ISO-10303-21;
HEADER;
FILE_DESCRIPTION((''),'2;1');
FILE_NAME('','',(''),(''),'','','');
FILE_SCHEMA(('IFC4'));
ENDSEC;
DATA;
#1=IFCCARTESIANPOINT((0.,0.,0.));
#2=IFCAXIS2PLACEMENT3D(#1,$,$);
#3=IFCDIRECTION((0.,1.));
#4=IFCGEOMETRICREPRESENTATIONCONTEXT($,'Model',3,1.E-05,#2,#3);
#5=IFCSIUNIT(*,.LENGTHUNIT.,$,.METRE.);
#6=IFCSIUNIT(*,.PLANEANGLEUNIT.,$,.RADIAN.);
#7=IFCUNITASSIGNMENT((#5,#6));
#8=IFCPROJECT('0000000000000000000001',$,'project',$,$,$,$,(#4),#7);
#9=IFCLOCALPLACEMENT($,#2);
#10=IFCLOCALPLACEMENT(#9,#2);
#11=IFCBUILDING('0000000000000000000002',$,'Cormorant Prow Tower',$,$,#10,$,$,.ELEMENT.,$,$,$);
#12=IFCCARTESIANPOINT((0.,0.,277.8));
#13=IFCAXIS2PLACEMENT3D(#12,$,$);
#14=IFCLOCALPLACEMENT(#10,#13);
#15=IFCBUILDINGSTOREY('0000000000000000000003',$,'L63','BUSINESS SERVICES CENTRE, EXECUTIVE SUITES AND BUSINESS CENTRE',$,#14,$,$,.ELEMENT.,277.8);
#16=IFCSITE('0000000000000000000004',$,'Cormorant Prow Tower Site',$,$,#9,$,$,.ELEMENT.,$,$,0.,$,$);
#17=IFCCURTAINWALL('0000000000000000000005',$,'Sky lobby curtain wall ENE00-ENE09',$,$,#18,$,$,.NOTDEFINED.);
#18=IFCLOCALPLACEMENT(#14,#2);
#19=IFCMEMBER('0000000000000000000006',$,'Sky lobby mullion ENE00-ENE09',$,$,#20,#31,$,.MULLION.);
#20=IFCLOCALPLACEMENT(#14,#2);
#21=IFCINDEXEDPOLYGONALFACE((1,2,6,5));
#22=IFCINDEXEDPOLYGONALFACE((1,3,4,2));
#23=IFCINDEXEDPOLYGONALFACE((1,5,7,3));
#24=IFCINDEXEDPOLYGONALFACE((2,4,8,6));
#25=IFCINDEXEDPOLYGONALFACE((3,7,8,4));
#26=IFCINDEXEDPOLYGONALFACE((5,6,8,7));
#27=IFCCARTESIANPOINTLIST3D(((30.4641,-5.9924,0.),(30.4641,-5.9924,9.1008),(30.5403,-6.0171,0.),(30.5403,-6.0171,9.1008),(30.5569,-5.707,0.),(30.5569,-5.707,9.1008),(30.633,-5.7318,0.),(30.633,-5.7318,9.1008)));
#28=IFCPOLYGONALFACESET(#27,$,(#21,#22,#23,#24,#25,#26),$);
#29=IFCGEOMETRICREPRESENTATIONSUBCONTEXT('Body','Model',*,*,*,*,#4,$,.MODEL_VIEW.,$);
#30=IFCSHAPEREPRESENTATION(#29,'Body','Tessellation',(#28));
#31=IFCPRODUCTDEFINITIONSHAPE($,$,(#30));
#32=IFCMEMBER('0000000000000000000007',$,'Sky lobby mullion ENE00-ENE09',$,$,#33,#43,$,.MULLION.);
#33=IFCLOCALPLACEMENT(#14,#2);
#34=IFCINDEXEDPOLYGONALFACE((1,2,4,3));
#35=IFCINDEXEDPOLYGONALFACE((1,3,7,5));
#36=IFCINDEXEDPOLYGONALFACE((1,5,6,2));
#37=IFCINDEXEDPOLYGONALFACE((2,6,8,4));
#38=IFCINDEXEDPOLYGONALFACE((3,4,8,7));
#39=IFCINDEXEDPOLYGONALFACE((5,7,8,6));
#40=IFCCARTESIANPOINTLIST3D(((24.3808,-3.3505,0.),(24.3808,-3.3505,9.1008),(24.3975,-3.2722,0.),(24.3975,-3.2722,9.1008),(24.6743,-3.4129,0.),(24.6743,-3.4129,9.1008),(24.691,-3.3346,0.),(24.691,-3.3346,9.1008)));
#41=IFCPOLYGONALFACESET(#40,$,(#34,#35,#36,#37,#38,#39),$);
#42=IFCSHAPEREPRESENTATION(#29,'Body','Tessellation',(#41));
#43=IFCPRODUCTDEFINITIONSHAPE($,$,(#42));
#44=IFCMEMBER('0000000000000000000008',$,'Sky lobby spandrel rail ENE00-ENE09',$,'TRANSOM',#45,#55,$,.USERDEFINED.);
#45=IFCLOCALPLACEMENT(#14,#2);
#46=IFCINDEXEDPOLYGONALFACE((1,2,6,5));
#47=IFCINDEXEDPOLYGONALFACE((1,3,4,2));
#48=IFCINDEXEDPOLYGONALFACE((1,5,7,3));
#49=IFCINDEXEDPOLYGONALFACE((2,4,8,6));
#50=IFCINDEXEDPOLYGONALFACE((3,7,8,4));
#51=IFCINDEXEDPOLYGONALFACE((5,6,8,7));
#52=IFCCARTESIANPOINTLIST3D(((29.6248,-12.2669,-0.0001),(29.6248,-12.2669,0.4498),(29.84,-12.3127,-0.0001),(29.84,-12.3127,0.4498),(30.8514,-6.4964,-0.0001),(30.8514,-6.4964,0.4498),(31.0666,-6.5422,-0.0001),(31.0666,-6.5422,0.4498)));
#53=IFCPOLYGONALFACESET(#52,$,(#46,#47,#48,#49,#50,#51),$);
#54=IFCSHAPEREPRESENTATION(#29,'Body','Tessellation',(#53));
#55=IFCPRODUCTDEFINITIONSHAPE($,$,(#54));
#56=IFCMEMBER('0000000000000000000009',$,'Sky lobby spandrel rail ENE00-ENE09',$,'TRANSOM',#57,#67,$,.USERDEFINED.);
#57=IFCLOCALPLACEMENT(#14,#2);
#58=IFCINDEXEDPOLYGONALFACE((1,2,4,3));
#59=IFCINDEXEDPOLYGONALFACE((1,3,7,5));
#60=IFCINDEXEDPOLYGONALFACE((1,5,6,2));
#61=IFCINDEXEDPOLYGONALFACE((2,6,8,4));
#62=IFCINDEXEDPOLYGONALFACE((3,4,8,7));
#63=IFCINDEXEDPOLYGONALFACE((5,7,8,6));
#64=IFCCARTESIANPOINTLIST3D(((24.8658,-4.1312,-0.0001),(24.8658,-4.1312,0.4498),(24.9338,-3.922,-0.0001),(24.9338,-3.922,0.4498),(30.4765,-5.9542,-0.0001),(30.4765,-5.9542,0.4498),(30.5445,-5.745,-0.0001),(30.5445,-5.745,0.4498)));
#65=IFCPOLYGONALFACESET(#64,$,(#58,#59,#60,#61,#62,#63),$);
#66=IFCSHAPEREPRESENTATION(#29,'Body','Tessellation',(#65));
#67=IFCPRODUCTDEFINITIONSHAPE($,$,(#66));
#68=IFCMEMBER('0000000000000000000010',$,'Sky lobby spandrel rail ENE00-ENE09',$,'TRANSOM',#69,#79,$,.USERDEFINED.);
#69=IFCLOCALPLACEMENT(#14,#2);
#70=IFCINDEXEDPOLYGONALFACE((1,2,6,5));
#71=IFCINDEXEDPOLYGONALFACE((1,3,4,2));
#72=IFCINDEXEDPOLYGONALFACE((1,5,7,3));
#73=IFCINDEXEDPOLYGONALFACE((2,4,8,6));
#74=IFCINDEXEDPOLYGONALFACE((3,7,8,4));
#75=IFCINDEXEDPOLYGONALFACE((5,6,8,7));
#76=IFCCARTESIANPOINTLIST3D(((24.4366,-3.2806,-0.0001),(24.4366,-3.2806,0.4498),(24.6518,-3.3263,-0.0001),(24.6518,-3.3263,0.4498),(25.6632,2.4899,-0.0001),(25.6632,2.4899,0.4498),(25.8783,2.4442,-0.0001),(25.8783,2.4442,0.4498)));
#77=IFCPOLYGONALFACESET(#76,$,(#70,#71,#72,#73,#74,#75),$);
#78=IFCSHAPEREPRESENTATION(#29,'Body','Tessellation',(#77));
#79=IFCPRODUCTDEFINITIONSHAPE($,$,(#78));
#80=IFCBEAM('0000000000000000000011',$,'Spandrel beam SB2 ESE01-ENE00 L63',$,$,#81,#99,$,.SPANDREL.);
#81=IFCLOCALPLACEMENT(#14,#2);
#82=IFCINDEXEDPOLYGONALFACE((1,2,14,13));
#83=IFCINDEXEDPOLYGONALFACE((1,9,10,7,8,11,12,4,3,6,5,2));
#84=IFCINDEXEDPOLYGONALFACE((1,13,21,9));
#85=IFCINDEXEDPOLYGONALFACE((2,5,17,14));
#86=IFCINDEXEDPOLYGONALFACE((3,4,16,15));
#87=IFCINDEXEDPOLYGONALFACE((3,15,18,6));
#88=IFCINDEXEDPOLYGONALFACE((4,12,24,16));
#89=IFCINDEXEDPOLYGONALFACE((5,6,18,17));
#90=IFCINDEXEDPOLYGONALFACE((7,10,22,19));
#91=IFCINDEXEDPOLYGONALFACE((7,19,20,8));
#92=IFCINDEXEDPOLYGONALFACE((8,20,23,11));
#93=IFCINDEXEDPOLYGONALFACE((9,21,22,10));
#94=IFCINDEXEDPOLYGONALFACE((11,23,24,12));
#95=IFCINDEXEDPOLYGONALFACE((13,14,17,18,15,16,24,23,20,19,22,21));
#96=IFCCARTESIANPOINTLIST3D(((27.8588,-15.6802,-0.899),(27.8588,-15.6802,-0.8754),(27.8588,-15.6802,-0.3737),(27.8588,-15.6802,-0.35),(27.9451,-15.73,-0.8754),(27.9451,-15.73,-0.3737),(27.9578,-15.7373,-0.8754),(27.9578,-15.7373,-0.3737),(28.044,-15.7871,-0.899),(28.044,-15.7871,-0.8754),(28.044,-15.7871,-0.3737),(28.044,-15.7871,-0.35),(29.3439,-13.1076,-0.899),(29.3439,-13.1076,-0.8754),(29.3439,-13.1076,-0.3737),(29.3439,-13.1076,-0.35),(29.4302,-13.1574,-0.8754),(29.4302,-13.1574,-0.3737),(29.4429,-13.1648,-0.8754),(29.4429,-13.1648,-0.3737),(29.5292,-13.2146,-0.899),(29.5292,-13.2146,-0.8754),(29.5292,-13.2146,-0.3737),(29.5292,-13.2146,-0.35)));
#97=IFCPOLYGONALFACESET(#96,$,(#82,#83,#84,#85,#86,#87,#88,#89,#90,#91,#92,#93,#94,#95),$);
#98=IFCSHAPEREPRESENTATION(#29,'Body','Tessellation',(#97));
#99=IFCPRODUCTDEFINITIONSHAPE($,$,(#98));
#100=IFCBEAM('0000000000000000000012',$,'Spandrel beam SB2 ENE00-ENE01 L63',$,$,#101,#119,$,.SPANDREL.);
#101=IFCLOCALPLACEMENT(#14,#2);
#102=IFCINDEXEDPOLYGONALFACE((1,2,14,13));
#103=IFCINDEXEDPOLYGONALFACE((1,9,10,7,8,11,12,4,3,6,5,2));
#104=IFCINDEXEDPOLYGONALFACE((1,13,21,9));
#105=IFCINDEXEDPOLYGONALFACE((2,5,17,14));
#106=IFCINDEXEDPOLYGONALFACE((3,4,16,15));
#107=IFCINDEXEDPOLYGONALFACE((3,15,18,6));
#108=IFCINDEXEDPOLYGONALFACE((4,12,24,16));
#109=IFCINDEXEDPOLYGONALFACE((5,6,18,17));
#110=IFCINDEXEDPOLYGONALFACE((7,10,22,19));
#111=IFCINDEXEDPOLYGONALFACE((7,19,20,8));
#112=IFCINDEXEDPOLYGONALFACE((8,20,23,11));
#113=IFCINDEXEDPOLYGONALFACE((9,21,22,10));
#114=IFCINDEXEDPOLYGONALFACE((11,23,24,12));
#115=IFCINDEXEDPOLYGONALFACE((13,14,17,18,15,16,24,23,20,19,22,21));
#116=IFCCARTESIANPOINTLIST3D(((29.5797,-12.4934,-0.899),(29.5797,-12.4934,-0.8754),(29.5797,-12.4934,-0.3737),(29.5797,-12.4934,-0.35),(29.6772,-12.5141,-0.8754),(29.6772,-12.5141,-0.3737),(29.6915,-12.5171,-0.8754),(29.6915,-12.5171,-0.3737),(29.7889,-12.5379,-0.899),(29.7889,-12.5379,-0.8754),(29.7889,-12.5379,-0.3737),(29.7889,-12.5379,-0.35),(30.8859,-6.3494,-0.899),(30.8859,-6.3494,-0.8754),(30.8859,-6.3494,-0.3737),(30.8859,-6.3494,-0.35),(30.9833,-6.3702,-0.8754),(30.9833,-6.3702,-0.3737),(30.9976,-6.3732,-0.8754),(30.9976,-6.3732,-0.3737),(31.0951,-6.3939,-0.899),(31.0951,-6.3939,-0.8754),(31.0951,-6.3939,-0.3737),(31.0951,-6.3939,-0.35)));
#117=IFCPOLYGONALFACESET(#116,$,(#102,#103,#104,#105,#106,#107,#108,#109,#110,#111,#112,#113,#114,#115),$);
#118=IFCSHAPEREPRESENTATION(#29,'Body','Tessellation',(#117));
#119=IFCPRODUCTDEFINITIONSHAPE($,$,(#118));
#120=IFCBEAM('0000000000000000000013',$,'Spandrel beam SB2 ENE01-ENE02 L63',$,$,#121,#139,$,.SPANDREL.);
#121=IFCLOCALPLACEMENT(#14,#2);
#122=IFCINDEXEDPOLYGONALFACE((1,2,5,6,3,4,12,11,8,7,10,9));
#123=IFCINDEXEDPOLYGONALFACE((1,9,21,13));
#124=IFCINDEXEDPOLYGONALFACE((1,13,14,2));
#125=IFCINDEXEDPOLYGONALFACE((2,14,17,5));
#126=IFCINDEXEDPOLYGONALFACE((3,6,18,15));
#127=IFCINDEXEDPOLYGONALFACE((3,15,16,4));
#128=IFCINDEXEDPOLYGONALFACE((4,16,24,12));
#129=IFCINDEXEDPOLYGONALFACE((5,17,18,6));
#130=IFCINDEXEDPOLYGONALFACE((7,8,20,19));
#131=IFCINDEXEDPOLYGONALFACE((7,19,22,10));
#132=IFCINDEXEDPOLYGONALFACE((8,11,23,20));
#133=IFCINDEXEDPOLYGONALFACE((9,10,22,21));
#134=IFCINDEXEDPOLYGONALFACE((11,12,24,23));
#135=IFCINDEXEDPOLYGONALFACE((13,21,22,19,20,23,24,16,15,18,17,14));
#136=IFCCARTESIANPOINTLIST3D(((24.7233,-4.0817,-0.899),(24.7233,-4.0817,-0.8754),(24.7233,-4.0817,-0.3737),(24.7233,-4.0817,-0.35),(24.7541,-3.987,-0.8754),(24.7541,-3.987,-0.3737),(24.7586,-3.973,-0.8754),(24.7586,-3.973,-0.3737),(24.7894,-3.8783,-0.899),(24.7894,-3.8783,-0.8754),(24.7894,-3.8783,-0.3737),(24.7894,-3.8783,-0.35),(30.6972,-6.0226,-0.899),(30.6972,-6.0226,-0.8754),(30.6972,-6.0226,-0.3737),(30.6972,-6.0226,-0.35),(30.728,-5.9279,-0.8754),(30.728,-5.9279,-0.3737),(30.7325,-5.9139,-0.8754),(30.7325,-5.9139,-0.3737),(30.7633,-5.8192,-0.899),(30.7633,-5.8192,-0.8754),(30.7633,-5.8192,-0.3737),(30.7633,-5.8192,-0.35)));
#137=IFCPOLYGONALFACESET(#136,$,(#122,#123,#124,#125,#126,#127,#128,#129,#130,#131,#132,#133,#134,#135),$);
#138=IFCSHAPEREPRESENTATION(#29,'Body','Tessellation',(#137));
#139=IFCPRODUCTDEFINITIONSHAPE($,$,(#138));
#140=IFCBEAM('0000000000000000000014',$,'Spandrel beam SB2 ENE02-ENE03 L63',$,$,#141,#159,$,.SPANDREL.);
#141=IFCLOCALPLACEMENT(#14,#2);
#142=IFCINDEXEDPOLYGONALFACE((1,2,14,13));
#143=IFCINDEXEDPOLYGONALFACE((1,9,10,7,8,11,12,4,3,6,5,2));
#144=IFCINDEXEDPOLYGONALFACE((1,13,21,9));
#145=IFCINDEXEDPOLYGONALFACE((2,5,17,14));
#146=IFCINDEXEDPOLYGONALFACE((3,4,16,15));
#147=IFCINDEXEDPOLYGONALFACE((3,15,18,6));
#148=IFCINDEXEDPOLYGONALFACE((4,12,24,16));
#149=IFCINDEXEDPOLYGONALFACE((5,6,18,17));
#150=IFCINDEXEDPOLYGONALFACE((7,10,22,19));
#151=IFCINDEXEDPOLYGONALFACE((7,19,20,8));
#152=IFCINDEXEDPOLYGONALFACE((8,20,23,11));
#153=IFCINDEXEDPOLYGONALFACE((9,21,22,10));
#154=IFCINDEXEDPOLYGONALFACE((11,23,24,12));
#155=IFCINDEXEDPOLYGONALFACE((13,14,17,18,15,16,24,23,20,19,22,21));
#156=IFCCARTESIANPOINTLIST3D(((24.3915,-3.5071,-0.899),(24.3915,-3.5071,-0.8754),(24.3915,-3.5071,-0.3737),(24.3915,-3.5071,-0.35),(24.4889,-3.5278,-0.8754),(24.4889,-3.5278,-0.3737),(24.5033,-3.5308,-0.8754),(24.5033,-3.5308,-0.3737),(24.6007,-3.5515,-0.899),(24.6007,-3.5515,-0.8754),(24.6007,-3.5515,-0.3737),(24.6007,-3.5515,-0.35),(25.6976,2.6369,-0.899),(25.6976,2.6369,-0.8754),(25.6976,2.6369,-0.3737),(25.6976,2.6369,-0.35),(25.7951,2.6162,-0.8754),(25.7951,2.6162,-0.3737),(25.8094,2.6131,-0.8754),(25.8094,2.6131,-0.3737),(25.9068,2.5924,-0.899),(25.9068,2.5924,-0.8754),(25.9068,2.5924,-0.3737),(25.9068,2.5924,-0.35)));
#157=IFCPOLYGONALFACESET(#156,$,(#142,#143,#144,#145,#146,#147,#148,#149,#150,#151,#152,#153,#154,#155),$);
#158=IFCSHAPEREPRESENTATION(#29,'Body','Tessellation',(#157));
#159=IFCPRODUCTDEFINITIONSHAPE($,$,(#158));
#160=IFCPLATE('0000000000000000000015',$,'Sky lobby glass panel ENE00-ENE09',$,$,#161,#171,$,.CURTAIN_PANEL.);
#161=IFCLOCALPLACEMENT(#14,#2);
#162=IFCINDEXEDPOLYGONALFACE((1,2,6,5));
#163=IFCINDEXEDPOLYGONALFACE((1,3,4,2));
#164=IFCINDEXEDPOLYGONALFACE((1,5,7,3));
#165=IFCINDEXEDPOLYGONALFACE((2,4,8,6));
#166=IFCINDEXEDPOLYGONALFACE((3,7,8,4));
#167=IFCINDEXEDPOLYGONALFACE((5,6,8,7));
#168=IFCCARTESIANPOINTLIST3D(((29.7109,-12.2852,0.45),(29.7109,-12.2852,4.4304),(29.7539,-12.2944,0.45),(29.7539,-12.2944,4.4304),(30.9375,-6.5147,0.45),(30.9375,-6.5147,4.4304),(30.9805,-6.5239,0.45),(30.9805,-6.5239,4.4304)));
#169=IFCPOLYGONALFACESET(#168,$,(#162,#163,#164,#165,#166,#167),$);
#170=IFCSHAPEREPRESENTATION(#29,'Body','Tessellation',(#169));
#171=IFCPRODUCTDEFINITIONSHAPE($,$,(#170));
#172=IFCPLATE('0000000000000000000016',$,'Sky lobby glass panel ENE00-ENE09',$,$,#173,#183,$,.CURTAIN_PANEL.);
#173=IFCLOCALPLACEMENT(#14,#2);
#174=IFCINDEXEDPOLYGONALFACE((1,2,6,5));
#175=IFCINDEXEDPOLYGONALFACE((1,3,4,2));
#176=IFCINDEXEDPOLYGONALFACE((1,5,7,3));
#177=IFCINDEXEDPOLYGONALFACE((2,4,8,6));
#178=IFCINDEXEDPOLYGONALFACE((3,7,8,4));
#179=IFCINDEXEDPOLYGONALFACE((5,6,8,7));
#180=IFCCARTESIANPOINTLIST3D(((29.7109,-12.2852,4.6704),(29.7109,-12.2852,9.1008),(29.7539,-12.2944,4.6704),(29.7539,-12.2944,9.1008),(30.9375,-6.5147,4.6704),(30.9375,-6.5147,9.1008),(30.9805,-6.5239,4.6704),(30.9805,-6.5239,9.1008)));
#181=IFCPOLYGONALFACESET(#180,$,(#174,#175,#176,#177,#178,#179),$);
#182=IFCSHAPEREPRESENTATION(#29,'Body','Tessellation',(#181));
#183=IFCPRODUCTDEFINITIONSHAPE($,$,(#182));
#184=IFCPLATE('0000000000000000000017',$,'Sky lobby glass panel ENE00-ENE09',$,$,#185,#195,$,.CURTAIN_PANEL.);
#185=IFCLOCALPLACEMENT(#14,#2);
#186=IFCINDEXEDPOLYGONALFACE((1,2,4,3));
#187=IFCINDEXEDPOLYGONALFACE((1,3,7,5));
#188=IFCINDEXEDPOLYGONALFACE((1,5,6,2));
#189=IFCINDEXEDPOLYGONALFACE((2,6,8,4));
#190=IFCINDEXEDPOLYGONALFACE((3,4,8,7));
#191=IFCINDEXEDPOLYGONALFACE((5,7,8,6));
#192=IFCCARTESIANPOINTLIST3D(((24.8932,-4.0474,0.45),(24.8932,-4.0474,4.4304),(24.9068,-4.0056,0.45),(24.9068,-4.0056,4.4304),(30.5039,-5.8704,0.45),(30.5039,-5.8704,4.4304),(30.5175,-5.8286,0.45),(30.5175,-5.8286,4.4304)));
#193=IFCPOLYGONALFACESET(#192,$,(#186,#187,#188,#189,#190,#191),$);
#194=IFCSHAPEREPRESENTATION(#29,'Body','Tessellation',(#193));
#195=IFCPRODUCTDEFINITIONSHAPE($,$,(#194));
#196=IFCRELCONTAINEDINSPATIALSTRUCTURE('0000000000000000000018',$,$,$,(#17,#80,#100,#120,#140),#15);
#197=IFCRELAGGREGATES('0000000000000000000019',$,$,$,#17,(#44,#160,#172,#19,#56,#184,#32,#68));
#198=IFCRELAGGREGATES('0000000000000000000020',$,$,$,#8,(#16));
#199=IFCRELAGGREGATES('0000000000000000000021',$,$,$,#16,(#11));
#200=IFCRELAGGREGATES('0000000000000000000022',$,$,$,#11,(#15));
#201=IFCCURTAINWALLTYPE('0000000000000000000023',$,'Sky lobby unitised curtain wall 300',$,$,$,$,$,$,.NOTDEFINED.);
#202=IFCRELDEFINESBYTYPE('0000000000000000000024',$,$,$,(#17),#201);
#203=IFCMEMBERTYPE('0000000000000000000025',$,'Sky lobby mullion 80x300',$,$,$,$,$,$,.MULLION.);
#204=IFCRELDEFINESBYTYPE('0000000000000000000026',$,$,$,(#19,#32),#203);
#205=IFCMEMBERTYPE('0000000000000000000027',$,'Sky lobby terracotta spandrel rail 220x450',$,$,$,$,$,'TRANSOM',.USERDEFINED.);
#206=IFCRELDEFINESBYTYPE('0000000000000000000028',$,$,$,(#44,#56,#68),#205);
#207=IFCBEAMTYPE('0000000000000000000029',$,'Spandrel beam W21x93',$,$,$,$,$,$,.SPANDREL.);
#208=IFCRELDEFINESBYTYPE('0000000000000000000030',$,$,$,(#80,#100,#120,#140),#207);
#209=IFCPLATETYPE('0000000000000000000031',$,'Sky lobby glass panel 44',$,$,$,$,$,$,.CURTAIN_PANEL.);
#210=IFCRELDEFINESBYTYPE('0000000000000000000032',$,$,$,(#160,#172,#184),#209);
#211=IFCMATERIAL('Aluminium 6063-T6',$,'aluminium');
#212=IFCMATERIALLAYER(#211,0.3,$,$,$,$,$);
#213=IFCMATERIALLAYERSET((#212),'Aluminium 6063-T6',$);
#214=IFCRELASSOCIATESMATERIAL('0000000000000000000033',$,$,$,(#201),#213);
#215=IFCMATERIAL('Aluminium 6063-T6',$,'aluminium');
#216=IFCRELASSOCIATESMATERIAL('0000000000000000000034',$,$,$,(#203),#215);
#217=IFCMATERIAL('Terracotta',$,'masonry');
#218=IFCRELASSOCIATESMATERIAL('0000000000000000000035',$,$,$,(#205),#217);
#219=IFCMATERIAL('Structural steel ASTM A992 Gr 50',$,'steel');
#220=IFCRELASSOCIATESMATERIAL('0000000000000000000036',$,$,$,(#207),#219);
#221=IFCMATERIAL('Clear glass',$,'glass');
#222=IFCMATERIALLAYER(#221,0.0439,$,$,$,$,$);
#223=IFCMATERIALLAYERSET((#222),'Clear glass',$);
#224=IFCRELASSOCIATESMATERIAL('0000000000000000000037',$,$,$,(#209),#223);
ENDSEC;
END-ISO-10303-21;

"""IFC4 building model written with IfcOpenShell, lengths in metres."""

from ifc_helpers import new_model, si_unit, direction, frame, origin, origin_2d, place, context, subcontext, project, spatial, rectangle, i_section, extrude, material, layer, layer_set, material_profile, profile_set, type_object, element, aggregate, save


model = new_model("IFC4")

# Units and contexts
model_context = context("Model", 3, precision=1e-05, world=origin(), true_north=direction((0.0, 1.0)))
body_context = subcontext(model_context, "Body", "Model", "MODEL_VIEW")
ifc_project = project(units=[si_unit("LENGTHUNIT", "METRE"), si_unit("PLANEANGLEUNIT", "RADIAN")], contexts=[model_context])

# Site, building, storey
site_placement = place(None, origin())
site = spatial("IfcSite", under=ifc_project, at=site_placement, Name="Cormorant Prow Tower Site", CompositionType="ELEMENT", RefElevation=0.0)
building_placement = place(site_placement, origin())
building = spatial("IfcBuilding", under=site, at=building_placement, Name="Cormorant Prow Tower", CompositionType="ELEMENT")
storey_placement = place(building_placement, frame((0.0, 0.0, 277.8)))
storey = spatial("IfcBuildingStorey", under=building, at=storey_placement, Name="L63", Description="BUSINESS SERVICES CENTRE, EXECUTIVE SUITES AND BUSINESS CENTRE", CompositionType="ELEMENT", Elevation=277.8)

# Curtain wall, members
ifc_material_1 = material(Name="Aluminium 6063-T6", Category="aluminium")
ifc_layer_1 = layer(ifc_material_1, 0.3)
ifc_layer_set_1 = layer_set([ifc_layer_1], Name="Aluminium 6063-T6")
curtain_wall_type = type_object("IfcCurtainWallType", Name="Sky lobby unitised curtain wall 300", PredefinedType="NOTDEFINED", material=ifc_layer_set_1)
curtain_wall_placement = place(storey_placement, origin())
curtain_wall = element("IfcCurtainWall", 1, at=curtain_wall_placement, inside=storey, type_object=curtain_wall_type, Name="Sky lobby curtain wall ENE00-ENE09", PredefinedType="NOTDEFINED")
ifc_material_2 = material(Name="Aluminium 6063-T6", Category="aluminium")
ifc_material_profile_1 = material_profile(ifc_material_2, rectangle(XDim=0.3, YDim=0.0801, at=origin_2d()), Name="Sky lobby mullion 80x300")
ifc_profile_set_1 = profile_set([ifc_material_profile_1], Name="Aluminium 6063-T6")
member_type_1 = type_object("IfcMemberType", Name="Sky lobby mullion 80x300", PredefinedType="MULLION", material=ifc_profile_set_1)
member_1_placement = place(storey_placement, frame((30.5486, -5.8621, 0.0), z_axis=(0.0, 0.0, 1.0), x_axis=(-0.309017, -0.951057, 0.0)))
member_1 = element("IfcMember", 2, at=member_1_placement, type_object=member_type_1, Name="Sky lobby mullion ENE00-ENE09", PredefinedType="MULLION", context=body_context, shape_type="SweptSolid", body=[
    extrude(rectangle(XDim=0.3, YDim=0.0801, at=origin_2d()), origin(), (0.0, 0.0, 1.0), 9.1008),
])
member_2_placement = place(storey_placement, frame((24.5359, -3.3425, 0.0), z_axis=(0.0, 0.0, 1.0), x_axis=(-0.978148, 0.207912, 0.0)))
member_2 = element("IfcMember", 3, at=member_2_placement, type_object=member_type_1, Name="Sky lobby mullion ENE00-ENE09", PredefinedType="MULLION", context=body_context, shape_type="SweptSolid", body=[
    extrude(rectangle(XDim=0.3, YDim=0.0801, at=origin_2d()), origin(), (0.0, 0.0, 1.0), 9.1008),
])
ifc_material_3 = material(Name="Terracotta", Category="masonry")
ifc_material_profile_2 = material_profile(ifc_material_3, rectangle(XDim=0.22, YDim=0.45, at=origin_2d()), Name="Sky lobby terracotta spandrel rail 220x450")
ifc_profile_set_2 = profile_set([ifc_material_profile_2], Name="Terracotta")
member_type_2 = type_object("IfcMemberType", Name="Sky lobby terracotta spandrel rail 220x450", ElementType="TRANSOM", PredefinedType="USERDEFINED", material=ifc_profile_set_2)
member_3_placement = place(storey_placement, frame((29.7324, -12.2898, 0.2249), z_axis=(0.207912, 0.978147, 0.0), x_axis=(-0.978147, 0.207912, 0.0)))
member_3 = element("IfcMember", 4, at=member_3_placement, type_object=member_type_2, Name="Sky lobby spandrel rail ENE00-ENE09", ObjectType="TRANSOM", PredefinedType="USERDEFINED", context=body_context, shape_type="SweptSolid", body=[
    extrude(rectangle(XDim=0.22, YDim=0.45, at=origin_2d()), origin(), (0.0, 0.0, 1.0), 5.8994),
])
member_4_placement = place(storey_placement, frame((30.5105, -5.8496, 0.2249), z_axis=(-0.951056, 0.309018, 0.0), x_axis=(-0.309018, -0.951056, 0.0)))
member_4 = element("IfcMember", 5, at=member_4_placement, type_object=member_type_2, Name="Sky lobby spandrel rail ENE00-ENE09", ObjectType="TRANSOM", PredefinedType="USERDEFINED", context=body_context, shape_type="SweptSolid", body=[
    extrude(rectangle(XDim=0.22, YDim=0.45, at=origin_2d()), origin(), (0.0, 0.0, 1.0), 5.8994),
])
member_5_placement = place(storey_placement, frame((24.5442, -3.3035, 0.2249), z_axis=(0.207912, 0.978147, 0.0), x_axis=(-0.978147, 0.207912, 0.0)))
member_5 = element("IfcMember", 6, at=member_5_placement, type_object=member_type_2, Name="Sky lobby spandrel rail ENE00-ENE09", ObjectType="TRANSOM", PredefinedType="USERDEFINED", context=body_context, shape_type="SweptSolid", body=[
    extrude(rectangle(XDim=0.22, YDim=0.45, at=origin_2d()), origin(), (0.0, 0.0, 1.0), 5.8994),
])

# Beams
ifc_material_4 = material(Name="Structural steel ASTM A992 Gr 50", Category="steel")
ifc_material_profile_3 = material_profile(ifc_material_4, i_section(OverallWidth=0.2139, OverallDepth=0.5491, WebThickness=0.0146, FlangeThickness=0.0237, at=origin_2d()), Name="W21x93")
ifc_profile_set_3 = profile_set([ifc_material_profile_3], Name="Structural steel ASTM A992 Gr 50")
beam_type_1 = type_object("IfcBeamType", Name="Spandrel beam W21x93", PredefinedType="SPANDREL", material=ifc_profile_set_3)
beam_1_placement = place(storey_placement, frame((27.9514, -15.7336, -0.6245), z_axis=(0.499967, 0.866045, 0.0), x_axis=(-0.866045, 0.499967, 0.0)))
element("IfcBeam", 7, at=beam_1_placement, inside=storey, type_object=beam_type_1, Name="Spandrel beam SB2 ESE01-ENE00 L63", PredefinedType="SPANDREL", context=body_context, shape_type="SweptSolid", body=[
    extrude(i_section(OverallWidth=0.2139, OverallDepth=0.5491, WebThickness=0.0146, FlangeThickness=0.0237, at=origin_2d()), origin(), (0.0, 0.0, 1.0), 2.9705),
])
for number, where, z_axis, x_axis, name in (
    (8, (29.6843, -12.5156, -0.6245), (0.207941, 0.978141, 0.0), (-0.978141, 0.207941, 0.0), "Spandrel beam SB2 ENE00-ENE01 L63"),
    (9, (30.7302, -5.9209, -0.6245), (-0.951062, 0.309001, 0.0), (-0.309001, -0.951062, 0.0), "Spandrel beam SB2 ENE01-ENE02 L63"),
    (10, (24.4961, -3.5293, -0.6245), (0.207941, 0.978141, 0.0), (-0.978141, 0.207941, 0.0), "Spandrel beam SB2 ENE02-ENE03 L63"),
):
    element("IfcBeam", number, at=place(storey_placement, frame(where, z_axis=z_axis, x_axis=x_axis)), inside=storey, type_object=beam_type_1, Name=name, PredefinedType="SPANDREL", context=body_context, shape_type="SweptSolid", body=[
        extrude(i_section(OverallWidth=0.2139, OverallDepth=0.5491, WebThickness=0.0146, FlangeThickness=0.0237, at=origin_2d()), origin(), (0.0, 0.0, 1.0), 6.2812),
    ])

# Plates
ifc_material_5 = material(Name="Clear glass", Category="glass")
ifc_layer_2 = layer(ifc_material_5, 0.0439)
ifc_layer_set_2 = layer_set([ifc_layer_2], Name="Clear glass")
plate_type = type_object("IfcPlateType", Name="Sky lobby glass panel 44", PredefinedType="CURTAIN_PANEL", material=ifc_layer_set_2)
plate_1_placement = place(storey_placement, frame((30.3457, -9.4045, 0.45), z_axis=(0.0, 0.0, 1.0), x_axis=(0.207912, 0.978148, 0.0)))
plate_1 = element("IfcPlate", 11, at=plate_1_placement, type_object=plate_type, Name="Sky lobby glass panel ENE00-ENE09", PredefinedType="CURTAIN_PANEL", context=body_context, shape_type="SweptSolid", body=[
    extrude(rectangle(XDim=5.8994, YDim=0.0439, at=origin_2d()), origin(), (0.0, 0.0, 1.0), 3.9805),
])
plate_2_placement = place(storey_placement, frame((30.3457, -9.4045, 4.6704), z_axis=(0.0, 0.0, 1.0), x_axis=(0.207912, 0.978148, 0.0)))
plate_2 = element("IfcPlate", 12, at=plate_2_placement, type_object=plate_type, Name="Sky lobby glass panel ENE00-ENE09", PredefinedType="CURTAIN_PANEL", context=body_context, shape_type="SweptSolid", body=[
    extrude(rectangle(XDim=5.8994, YDim=0.0439, at=origin_2d()), origin(), (0.0, 0.0, 1.0), 4.4304),
])
plate_3_placement = place(storey_placement, frame((27.7053, -4.938, 0.45), z_axis=(0.0, 0.0, 1.0), x_axis=(-0.951057, 0.309017, 0.0)))
plate_3 = element("IfcPlate", 13, at=plate_3_placement, type_object=plate_type, Name="Sky lobby glass panel ENE00-ENE09", PredefinedType="CURTAIN_PANEL", context=body_context, shape_type="SweptSolid", body=[
    extrude(rectangle(XDim=5.8994, YDim=0.0439, at=origin_2d()), origin(), (0.0, 0.0, 1.0), 3.9805),
])
aggregate(curtain_wall, [member_3, plate_1, plate_2, member_1, member_4, plate_3, member_2, member_5])

save(model, "model.ifc")
